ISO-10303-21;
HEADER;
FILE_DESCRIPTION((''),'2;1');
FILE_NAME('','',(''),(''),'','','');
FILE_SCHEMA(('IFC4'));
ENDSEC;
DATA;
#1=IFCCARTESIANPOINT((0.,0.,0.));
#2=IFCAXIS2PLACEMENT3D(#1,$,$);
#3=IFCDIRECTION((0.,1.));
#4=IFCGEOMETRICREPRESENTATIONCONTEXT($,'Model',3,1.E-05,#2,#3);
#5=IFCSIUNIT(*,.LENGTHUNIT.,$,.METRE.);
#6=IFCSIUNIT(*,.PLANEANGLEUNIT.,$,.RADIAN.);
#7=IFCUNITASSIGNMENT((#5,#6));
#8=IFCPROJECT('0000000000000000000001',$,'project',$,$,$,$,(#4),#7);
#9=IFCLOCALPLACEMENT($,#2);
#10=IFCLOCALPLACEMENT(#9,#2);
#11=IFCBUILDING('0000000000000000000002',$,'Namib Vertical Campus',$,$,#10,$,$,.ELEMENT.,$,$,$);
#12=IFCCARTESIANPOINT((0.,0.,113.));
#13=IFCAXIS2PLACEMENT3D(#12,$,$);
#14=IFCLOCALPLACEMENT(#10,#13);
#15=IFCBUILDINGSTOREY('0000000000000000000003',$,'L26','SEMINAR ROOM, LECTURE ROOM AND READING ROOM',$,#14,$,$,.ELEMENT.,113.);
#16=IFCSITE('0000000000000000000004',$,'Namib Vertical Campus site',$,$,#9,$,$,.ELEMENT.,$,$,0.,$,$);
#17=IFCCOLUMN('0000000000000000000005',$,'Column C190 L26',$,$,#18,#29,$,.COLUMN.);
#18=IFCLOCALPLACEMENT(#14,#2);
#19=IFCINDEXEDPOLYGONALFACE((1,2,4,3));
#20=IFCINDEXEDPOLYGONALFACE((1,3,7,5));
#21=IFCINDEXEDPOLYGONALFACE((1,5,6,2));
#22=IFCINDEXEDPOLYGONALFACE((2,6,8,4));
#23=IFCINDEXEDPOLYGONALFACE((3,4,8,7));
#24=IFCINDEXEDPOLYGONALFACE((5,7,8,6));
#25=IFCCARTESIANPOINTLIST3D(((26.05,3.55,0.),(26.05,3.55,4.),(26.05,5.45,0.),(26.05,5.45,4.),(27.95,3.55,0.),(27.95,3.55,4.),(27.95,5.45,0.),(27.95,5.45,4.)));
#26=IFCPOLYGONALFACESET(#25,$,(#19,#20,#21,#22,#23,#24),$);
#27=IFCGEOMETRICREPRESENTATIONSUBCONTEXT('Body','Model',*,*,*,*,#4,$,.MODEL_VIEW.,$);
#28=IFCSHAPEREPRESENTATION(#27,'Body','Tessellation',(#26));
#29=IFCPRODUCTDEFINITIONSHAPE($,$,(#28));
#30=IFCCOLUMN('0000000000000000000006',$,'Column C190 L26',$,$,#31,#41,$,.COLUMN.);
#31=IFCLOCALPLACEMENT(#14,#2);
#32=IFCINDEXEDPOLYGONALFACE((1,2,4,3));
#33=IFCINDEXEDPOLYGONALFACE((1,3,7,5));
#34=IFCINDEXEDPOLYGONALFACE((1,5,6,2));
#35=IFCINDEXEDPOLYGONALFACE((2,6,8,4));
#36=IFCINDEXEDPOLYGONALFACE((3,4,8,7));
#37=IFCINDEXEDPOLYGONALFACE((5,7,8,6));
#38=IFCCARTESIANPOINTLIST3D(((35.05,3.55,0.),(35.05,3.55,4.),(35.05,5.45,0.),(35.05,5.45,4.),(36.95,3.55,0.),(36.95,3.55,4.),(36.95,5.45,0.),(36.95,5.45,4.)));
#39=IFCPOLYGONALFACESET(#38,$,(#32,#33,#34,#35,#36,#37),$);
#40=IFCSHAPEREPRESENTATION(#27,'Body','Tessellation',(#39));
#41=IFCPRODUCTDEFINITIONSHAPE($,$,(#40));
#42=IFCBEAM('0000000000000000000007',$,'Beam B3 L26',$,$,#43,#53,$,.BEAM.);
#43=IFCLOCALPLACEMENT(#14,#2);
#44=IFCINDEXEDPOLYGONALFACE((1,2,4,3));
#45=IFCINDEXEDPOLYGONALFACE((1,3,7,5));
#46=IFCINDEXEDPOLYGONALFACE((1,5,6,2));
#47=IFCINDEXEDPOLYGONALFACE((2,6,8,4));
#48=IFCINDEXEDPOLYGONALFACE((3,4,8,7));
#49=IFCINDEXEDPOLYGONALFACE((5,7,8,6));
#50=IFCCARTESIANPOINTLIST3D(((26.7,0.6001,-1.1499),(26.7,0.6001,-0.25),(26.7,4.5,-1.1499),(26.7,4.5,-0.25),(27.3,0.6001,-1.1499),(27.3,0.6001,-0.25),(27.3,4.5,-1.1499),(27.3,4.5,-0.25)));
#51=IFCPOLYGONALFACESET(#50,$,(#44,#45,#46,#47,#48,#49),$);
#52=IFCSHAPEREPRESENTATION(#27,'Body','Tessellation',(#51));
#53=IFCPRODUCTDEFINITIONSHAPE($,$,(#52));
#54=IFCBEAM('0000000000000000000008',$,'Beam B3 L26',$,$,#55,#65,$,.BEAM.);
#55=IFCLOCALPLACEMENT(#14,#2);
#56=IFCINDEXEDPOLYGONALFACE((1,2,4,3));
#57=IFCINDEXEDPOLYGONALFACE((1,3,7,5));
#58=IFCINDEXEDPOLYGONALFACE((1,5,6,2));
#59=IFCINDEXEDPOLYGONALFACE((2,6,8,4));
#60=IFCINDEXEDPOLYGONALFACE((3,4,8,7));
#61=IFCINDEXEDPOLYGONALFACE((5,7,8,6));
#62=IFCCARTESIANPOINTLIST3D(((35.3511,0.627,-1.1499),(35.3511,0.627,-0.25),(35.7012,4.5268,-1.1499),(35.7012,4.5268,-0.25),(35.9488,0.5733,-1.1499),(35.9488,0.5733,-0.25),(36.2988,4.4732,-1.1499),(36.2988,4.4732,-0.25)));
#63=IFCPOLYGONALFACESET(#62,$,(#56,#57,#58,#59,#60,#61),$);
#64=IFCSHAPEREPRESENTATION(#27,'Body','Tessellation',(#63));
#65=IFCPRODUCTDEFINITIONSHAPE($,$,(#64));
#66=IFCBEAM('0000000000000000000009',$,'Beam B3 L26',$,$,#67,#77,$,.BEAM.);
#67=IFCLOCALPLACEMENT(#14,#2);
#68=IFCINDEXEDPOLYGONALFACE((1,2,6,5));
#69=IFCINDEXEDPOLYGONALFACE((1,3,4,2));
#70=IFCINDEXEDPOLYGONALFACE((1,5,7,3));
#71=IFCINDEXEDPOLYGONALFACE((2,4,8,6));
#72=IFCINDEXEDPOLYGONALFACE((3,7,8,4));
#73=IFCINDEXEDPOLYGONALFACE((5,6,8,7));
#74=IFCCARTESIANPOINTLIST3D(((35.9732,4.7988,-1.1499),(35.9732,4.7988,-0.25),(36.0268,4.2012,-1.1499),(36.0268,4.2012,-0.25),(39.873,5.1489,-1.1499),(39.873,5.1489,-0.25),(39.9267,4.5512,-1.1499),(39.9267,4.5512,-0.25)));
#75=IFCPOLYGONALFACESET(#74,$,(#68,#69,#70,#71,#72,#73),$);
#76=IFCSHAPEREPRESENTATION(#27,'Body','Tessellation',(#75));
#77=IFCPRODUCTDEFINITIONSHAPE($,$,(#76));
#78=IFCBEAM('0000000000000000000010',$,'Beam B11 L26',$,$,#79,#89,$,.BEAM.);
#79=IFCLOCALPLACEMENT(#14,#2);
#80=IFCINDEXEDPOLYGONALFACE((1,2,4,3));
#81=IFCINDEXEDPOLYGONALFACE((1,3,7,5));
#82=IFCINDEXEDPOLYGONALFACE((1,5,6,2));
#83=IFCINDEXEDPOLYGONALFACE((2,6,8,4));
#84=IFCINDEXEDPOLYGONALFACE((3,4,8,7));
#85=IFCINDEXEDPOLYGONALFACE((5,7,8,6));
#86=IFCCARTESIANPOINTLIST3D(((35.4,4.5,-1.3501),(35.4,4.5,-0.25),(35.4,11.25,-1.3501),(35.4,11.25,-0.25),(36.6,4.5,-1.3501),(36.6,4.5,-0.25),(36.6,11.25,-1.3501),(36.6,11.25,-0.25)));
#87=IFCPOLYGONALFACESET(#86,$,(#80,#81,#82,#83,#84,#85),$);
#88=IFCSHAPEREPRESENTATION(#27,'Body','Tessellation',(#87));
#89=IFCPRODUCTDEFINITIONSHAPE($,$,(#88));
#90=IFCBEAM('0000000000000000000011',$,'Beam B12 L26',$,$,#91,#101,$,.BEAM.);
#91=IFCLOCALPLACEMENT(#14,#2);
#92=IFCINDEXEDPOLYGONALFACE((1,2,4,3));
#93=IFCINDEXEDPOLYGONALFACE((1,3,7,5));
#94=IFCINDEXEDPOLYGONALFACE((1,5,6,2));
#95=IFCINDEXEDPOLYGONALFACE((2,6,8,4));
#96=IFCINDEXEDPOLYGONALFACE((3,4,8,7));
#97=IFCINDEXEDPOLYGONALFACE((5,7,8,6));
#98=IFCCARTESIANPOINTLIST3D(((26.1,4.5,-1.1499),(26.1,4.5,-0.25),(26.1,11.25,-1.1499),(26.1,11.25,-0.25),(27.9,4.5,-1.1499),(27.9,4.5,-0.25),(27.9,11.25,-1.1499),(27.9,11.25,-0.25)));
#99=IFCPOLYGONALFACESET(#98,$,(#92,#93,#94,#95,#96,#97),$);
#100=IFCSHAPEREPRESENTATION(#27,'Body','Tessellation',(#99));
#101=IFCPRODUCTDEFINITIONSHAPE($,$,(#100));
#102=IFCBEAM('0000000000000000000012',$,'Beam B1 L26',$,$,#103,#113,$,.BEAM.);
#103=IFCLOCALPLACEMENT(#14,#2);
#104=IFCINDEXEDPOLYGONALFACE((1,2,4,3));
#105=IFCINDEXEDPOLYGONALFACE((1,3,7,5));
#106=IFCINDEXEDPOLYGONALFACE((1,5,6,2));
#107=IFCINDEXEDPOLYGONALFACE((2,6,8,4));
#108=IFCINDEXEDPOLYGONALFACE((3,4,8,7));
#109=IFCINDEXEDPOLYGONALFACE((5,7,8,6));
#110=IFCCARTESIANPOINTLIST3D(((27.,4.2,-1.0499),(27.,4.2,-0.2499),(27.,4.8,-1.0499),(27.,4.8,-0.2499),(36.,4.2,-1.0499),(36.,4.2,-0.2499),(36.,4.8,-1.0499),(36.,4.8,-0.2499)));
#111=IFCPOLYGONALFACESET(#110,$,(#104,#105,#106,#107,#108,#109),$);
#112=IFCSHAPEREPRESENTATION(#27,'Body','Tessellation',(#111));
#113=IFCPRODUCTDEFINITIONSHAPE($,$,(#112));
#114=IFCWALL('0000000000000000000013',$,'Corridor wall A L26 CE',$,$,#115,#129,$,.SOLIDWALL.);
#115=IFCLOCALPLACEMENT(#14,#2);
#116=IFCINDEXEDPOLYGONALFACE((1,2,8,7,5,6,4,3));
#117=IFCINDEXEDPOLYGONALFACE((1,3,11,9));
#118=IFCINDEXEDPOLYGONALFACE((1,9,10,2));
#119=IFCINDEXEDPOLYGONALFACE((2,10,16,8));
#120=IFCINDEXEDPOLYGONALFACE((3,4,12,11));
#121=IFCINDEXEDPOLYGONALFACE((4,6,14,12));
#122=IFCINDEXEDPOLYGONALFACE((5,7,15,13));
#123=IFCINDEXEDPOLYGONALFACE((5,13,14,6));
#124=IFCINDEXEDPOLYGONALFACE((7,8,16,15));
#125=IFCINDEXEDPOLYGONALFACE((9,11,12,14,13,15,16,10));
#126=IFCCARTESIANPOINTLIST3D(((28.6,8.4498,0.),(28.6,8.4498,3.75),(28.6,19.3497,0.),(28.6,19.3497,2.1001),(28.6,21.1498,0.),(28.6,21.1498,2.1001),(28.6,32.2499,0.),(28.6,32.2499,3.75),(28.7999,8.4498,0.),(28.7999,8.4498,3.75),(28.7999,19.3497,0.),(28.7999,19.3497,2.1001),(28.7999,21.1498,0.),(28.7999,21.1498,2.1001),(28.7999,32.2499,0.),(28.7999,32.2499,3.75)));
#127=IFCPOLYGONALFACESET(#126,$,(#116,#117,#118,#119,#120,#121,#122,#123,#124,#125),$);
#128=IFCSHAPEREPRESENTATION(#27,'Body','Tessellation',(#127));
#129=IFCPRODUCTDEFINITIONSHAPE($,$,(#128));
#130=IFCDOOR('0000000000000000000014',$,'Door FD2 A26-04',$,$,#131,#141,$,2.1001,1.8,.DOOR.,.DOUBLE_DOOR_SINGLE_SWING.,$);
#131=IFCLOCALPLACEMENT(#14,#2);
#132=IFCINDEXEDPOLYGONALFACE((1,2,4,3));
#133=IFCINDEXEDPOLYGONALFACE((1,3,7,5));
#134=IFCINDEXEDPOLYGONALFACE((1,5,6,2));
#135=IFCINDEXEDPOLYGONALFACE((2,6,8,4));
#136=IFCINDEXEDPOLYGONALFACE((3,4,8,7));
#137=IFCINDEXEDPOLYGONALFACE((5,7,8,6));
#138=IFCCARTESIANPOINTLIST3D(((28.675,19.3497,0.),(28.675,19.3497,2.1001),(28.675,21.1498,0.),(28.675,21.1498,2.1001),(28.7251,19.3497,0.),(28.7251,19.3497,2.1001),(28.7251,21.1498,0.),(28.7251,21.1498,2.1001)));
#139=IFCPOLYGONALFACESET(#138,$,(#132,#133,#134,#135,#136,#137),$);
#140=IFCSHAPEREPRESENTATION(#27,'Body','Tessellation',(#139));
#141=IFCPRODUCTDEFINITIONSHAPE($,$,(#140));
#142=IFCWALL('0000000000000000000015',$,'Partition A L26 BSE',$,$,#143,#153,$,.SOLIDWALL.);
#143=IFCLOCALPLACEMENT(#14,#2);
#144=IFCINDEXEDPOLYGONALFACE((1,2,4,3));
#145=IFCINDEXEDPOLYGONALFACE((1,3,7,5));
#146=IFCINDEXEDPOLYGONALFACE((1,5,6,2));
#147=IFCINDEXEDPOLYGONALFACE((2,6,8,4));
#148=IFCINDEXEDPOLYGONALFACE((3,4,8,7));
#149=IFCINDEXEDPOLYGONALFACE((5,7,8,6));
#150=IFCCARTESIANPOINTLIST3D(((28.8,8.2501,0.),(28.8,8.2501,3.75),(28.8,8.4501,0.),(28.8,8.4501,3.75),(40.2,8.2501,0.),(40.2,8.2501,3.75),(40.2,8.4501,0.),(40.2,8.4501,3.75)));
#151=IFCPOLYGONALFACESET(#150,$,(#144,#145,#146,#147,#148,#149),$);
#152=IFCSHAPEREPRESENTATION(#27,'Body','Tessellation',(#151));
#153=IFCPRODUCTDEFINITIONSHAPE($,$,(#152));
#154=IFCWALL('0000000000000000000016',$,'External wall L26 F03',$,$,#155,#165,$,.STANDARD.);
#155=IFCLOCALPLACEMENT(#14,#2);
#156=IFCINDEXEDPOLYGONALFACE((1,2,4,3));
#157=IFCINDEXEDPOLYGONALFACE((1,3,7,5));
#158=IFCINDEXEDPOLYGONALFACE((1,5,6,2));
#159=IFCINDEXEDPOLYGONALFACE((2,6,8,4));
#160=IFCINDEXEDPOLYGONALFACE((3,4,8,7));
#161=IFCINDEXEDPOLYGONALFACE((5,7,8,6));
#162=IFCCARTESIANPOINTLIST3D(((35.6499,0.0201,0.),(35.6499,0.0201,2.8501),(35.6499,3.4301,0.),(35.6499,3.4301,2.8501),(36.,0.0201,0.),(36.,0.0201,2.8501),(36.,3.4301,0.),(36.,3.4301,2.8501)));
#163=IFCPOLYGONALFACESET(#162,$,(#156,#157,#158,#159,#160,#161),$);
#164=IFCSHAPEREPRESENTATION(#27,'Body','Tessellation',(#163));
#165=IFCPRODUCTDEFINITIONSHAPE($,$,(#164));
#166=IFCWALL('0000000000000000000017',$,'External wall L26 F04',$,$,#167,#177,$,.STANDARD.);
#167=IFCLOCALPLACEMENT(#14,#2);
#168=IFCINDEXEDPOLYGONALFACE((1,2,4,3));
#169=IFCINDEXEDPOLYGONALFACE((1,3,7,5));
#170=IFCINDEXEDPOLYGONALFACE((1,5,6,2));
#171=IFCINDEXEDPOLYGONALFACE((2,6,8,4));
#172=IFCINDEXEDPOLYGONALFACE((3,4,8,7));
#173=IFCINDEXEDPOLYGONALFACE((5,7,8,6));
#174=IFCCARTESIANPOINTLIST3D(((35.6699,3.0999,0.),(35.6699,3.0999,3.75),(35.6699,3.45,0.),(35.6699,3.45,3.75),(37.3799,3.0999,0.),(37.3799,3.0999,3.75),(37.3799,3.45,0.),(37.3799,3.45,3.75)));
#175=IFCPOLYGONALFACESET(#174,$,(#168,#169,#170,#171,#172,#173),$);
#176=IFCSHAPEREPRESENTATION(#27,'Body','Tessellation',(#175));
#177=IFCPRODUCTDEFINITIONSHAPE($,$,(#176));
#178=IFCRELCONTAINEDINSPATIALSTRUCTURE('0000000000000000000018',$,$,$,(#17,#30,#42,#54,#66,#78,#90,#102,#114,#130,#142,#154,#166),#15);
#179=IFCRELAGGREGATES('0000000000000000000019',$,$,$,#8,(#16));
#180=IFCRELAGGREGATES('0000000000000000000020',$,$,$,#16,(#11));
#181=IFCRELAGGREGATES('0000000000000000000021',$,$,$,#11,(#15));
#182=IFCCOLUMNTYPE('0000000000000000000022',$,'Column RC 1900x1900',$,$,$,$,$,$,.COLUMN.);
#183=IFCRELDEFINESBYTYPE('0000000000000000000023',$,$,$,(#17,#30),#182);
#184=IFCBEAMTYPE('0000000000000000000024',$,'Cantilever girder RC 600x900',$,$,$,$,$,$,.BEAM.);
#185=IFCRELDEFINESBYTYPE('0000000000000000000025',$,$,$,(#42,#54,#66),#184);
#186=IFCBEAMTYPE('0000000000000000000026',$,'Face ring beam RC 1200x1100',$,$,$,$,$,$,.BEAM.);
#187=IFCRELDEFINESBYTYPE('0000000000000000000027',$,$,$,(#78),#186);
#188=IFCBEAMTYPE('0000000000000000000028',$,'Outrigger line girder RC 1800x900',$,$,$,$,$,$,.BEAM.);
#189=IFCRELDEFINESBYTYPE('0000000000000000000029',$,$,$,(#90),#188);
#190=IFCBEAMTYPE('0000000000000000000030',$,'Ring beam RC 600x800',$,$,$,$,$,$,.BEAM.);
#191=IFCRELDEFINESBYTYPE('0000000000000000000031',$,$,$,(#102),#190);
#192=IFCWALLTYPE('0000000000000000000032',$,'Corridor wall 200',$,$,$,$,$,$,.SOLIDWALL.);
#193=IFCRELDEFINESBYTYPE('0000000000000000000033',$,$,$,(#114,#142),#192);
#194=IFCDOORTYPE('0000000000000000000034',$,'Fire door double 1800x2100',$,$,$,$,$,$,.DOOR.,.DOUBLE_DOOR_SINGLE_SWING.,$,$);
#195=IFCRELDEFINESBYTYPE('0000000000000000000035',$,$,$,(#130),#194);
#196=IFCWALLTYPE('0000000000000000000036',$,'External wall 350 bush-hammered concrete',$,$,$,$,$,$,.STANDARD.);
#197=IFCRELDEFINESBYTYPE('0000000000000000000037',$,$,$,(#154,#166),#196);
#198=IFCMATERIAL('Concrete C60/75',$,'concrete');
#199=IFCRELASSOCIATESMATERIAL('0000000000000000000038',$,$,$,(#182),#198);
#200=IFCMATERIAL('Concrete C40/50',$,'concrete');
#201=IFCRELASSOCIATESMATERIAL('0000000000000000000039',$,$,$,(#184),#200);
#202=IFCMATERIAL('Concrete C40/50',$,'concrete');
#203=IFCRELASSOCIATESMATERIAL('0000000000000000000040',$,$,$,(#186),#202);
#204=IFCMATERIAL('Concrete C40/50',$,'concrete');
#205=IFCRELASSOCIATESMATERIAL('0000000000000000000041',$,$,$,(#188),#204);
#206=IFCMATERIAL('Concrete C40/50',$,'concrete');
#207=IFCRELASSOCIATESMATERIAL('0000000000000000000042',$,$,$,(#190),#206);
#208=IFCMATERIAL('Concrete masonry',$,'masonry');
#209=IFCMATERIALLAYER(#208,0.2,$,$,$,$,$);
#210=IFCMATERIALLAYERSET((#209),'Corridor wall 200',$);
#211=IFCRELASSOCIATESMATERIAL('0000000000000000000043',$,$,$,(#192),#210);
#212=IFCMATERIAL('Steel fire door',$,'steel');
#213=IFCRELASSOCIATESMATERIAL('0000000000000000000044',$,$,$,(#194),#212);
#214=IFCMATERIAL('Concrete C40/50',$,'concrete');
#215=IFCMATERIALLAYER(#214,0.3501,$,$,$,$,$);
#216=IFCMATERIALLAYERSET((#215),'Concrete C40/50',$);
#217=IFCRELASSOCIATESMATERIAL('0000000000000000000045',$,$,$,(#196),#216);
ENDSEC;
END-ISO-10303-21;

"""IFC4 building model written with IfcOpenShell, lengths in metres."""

from ifc_helpers import new_model, si_unit, direction, frame, frame_2d, origin, origin_2d, place, context, subcontext, project, spatial, rectangle, extrude, material, layer, layer_set, material_profile, profile_set, type_object, element, fill, save


model = new_model("IFC4")

# Units and contexts
model_context = context("Model", 3, precision=1e-05, world=origin(), true_north=direction((0.0, 1.0)))
body_context = subcontext(model_context, "Body", "Model", "MODEL_VIEW")
ifc_project = project(units=[si_unit("LENGTHUNIT", "METRE"), si_unit("PLANEANGLEUNIT", "RADIAN")], contexts=[model_context])

# Site, building, storey
site_placement = place(None, origin())
site = spatial("IfcSite", under=ifc_project, at=site_placement, Name="Namib Vertical Campus site", CompositionType="ELEMENT", RefElevation=0.0)
building_placement = place(site_placement, origin())
building = spatial("IfcBuilding", under=site, at=building_placement, Name="Namib Vertical Campus", CompositionType="ELEMENT")
storey_placement = place(building_placement, frame((0.0, 0.0, 113.0)))
storey = spatial("IfcBuildingStorey", under=building, at=storey_placement, Name="L26", Description="SEMINAR ROOM, LECTURE ROOM AND READING ROOM", CompositionType="ELEMENT", Elevation=113.0)

# Columns
ifc_material_1 = material(Name="Concrete C60/75", Category="concrete")
ifc_material_profile_1 = material_profile(ifc_material_1, rectangle(XDim=1.8999, YDim=1.8999, at=origin_2d()))
ifc_profile_set_1 = profile_set([ifc_material_profile_1], Name="Concrete C60/75")
column_type = type_object("IfcColumnType", Name="Column RC 1900x1900", PredefinedType="COLUMN", material=ifc_profile_set_1)
for number, where, z_axis, x_axis, name in (
    (1, (27.0, 4.5, 0.0), (0.0, 0.0, 1.0), (1.0, 0.0, 0.0), "Column C190 L26"),
    (2, (36.0, 4.5, 0.0), (0.0, 0.0, 1.0), (1.0, 0.0, 0.0), "Column C190 L26"),
):
    element("IfcColumn", number, at=place(storey_placement, frame(where, z_axis=z_axis, x_axis=x_axis)), inside=storey, type_object=column_type, Name=name, PredefinedType="COLUMN", context=body_context, shape_type="SweptSolid", body=[
        extrude(rectangle(XDim=1.8999, YDim=1.8999, at=origin_2d()), origin(), (0.0, 0.0, 1.0), 4.0),
    ])

# Beams
ifc_material_2 = material(Name="Concrete C40/50", Category="concrete")
ifc_material_profile_2 = material_profile(ifc_material_2, rectangle(XDim=0.6001, YDim=0.8999, at=origin_2d()))
ifc_profile_set_2 = profile_set([ifc_material_profile_2], Name="Concrete C40/50")
beam_type_1 = type_object("IfcBeamType", Name="Cantilever girder RC 600x900", PredefinedType="BEAM", material=ifc_profile_set_2)
beam_1_placement = place(storey_placement, frame((27.0, 4.5, -0.7), z_axis=(0.0, -1.0, 0.0), x_axis=(1.0, 0.0, 0.0)))
element("IfcBeam", 3, at=beam_1_placement, inside=storey, type_object=beam_type_1, Name="Beam B3 L26", PredefinedType="BEAM", context=body_context, shape_type="SweptSolid", body=[
    extrude(rectangle(XDim=0.6001, YDim=0.8999, at=origin_2d()), origin(), (0.0, 0.0, 1.0), 3.8999),
])
for number, where, z_axis, x_axis, name in (
    (4, (36.0, 4.5, -0.7), (-0.089411, -0.995995, 0.0), (0.995995, -0.089411, 0.0), "Beam B3 L26"),
    (5, (36.0, 4.5, -0.7), (0.995995, 0.089411, 0.0), (-0.089411, 0.995995, 0.0), "Beam B3 L26"),
):
    element("IfcBeam", number, at=place(storey_placement, frame(where, z_axis=z_axis, x_axis=x_axis)), inside=storey, type_object=beam_type_1, Name=name, PredefinedType="BEAM", context=body_context, shape_type="SweptSolid", body=[
        extrude(rectangle(XDim=0.6001, YDim=0.8999, at=origin_2d()), origin(), (0.0, 0.0, 1.0), 3.9155),
    ])
ifc_material_3 = material(Name="Concrete C40/50", Category="concrete")
ifc_material_profile_3 = material_profile(ifc_material_3, rectangle(XDim=1.2, YDim=1.1001, at=origin_2d()))
ifc_profile_set_3 = profile_set([ifc_material_profile_3], Name="Concrete C40/50")
beam_type_2 = type_object("IfcBeamType", Name="Face ring beam RC 1200x1100", PredefinedType="BEAM", material=ifc_profile_set_3)
beam_2_placement = place(storey_placement, frame((36.0, 4.5, -0.8), z_axis=(0.0, 1.0, 0.0), x_axis=(-1.0, 0.0, 0.0)))
element("IfcBeam", 6, at=beam_2_placement, inside=storey, type_object=beam_type_2, Name="Beam B11 L26", PredefinedType="BEAM", context=body_context, shape_type="SweptSolid", body=[
    extrude(rectangle(XDim=1.2, YDim=1.1001, at=origin_2d()), origin(), (0.0, 0.0, 1.0), 6.75),
])
ifc_material_4 = material(Name="Concrete C40/50", Category="concrete")
ifc_material_profile_4 = material_profile(ifc_material_4, rectangle(XDim=1.8, YDim=0.8999, at=origin_2d()))
ifc_profile_set_4 = profile_set([ifc_material_profile_4], Name="Concrete C40/50")
beam_type_3 = type_object("IfcBeamType", Name="Outrigger line girder RC 1800x900", PredefinedType="BEAM", material=ifc_profile_set_4)
beam_3_placement = place(storey_placement, frame((27.0, 4.5, -0.7), z_axis=(0.0, 1.0, 0.0), x_axis=(-1.0, 0.0, 0.0)))
element("IfcBeam", 7, at=beam_3_placement, inside=storey, type_object=beam_type_3, Name="Beam B12 L26", PredefinedType="BEAM", context=body_context, shape_type="SweptSolid", body=[
    extrude(rectangle(XDim=1.8, YDim=0.8999, at=origin_2d()), origin(), (0.0, 0.0, 1.0), 6.75),
])
ifc_material_5 = material(Name="Concrete C40/50", Category="concrete")
ifc_material_profile_5 = material_profile(ifc_material_5, rectangle(XDim=0.6001, YDim=0.8, at=origin_2d()))
ifc_profile_set_5 = profile_set([ifc_material_profile_5], Name="Concrete C40/50")
beam_type_4 = type_object("IfcBeamType", Name="Ring beam RC 600x800", PredefinedType="BEAM", material=ifc_profile_set_5)
beam_4_placement = place(storey_placement, frame((27.0, 4.5, -0.6499), z_axis=(1.0, 0.0, 0.0), x_axis=(0.0, 1.0, 0.0)))
element("IfcBeam", 8, at=beam_4_placement, inside=storey, type_object=beam_type_4, Name="Beam B1 L26", PredefinedType="BEAM", context=body_context, shape_type="SweptSolid", body=[
    extrude(rectangle(XDim=0.6001, YDim=0.8, at=origin_2d()), origin(), (0.0, 0.0, 1.0), 9.0),
])

# Wall, opening, door
ifc_material_6 = material(Name="Concrete masonry", Category="masonry")
ifc_layer_1 = layer(ifc_material_6, 0.2)
ifc_layer_set_1 = layer_set([ifc_layer_1], Name="Corridor wall 200")
wall_type_1 = type_object("IfcWallType", Name="Corridor wall 200", PredefinedType="SOLIDWALL", material=ifc_layer_set_1)
wall_1_placement = place(storey_placement, frame((28.7, 8.45, 0.0), z_axis=(0.0, 0.0, 1.0), x_axis=(0.0, 1.0, 0.0)))
wall_1 = element("IfcWall", 9, at=wall_1_placement, inside=storey, type_object=wall_type_1, Name="Corridor wall A L26 CE", PredefinedType="SOLIDWALL", context=body_context, shape_type="SweptSolid", body=[
    extrude(rectangle(XDim=23.8, YDim=0.2, at=frame_2d((11.8999, 0.0))), origin(), (0.0, 0.0, 1.0), 3.75),
])
opening_placement = place(wall_1_placement, frame((10.8999, 0.0, 0.0)))
opening = element("IfcOpeningElement", 10, at=opening_placement, cuts=wall_1, PredefinedType="OPENING", context=body_context, shape_type="SweptSolid", body=[
    extrude(rectangle(XDim=1.8, YDim=2.1001, at=frame_2d((0.8999, 1.05))), frame((0.0, 0.1099, 0.0), z_axis=(0.0, -1.0, 0.0), x_axis=(1.0, 0.0, 0.0)), (0.0, 0.0, 1.0), 0.22),
])
ifc_material_7 = material(Name="Steel fire door", Category="steel")
door_type = type_object("IfcDoorType", Name="Fire door double 1800x2100", OperationType="DOUBLE_DOOR_SINGLE_SWING", PredefinedType="DOOR", material=ifc_material_7)
door_placement = place(opening_placement, origin())
door = element("IfcDoor", 11, at=door_placement, inside=storey, type_object=door_type, Name="Door FD2 A26-04", OperationType="DOUBLE_DOOR_SINGLE_SWING", OverallHeight=2.1001, OverallWidth=1.8, PredefinedType="DOOR", context=body_context, shape_type="SweptSolid", body=[
    extrude(rectangle(XDim=1.8, YDim=2.1001, at=frame_2d((0.8999, 1.05))), frame((0.0, 0.0249, 0.0), z_axis=(0.0, -1.0, 0.0), x_axis=(1.0, 0.0, 0.0)), (0.0, 0.0, 1.0), 0.05),
])
fill(opening, door)

# Walls
wall_2_placement = place(storey_placement, frame((28.8, 8.3501, 0.0), z_axis=(0.0, 0.0, 1.0), x_axis=(1.0, 0.0, 0.0)))
element("IfcWall", 12, at=wall_2_placement, inside=storey, type_object=wall_type_1, Name="Partition A L26 BSE", PredefinedType="SOLIDWALL", context=body_context, shape_type="SweptSolid", body=[
    extrude(rectangle(XDim=11.3999, YDim=0.2, at=frame_2d((5.7, 0.0))), origin(), (0.0, 0.0, 1.0), 3.75),
])
ifc_material_8 = material(Name="Concrete C40/50", Category="concrete")
ifc_layer_2 = layer(ifc_material_8, 0.3501)
ifc_layer_set_2 = layer_set([ifc_layer_2], Name="Concrete C40/50")
wall_type_2 = type_object("IfcWallType", Name="External wall 350 bush-hammered concrete", PredefinedType="STANDARD", material=ifc_layer_set_2)
wall_3_placement = place(storey_placement, frame((35.825, 0.02, 0.0), z_axis=(0.0, 0.0, 1.0), x_axis=(0.0, 1.0, 0.0)))
element("IfcWall", 13, at=wall_3_placement, inside=storey, type_object=wall_type_2, Name="External wall L26 F03", PredefinedType="STANDARD", context=body_context, shape_type="SweptSolid", body=[
    extrude(rectangle(XDim=3.4099, YDim=0.3501, at=frame_2d((1.7051, 0.0))), origin(), (0.0, 0.0, 1.0), 2.8501),
])
wall_4_placement = place(storey_placement, frame((35.6699, 3.2749, 0.0), z_axis=(0.0, 0.0, 1.0), x_axis=(1.0, 0.0, 0.0)))
element("IfcWall", 14, at=wall_4_placement, inside=storey, type_object=wall_type_2, Name="External wall L26 F04", PredefinedType="STANDARD", context=body_context, shape_type="SweptSolid", body=[
    extrude(rectangle(XDim=1.71, YDim=0.3501, at=frame_2d((0.855, 0.0))), origin(), (0.0, 0.0, 1.0), 3.75),
])

save(model, "model.ifc")
